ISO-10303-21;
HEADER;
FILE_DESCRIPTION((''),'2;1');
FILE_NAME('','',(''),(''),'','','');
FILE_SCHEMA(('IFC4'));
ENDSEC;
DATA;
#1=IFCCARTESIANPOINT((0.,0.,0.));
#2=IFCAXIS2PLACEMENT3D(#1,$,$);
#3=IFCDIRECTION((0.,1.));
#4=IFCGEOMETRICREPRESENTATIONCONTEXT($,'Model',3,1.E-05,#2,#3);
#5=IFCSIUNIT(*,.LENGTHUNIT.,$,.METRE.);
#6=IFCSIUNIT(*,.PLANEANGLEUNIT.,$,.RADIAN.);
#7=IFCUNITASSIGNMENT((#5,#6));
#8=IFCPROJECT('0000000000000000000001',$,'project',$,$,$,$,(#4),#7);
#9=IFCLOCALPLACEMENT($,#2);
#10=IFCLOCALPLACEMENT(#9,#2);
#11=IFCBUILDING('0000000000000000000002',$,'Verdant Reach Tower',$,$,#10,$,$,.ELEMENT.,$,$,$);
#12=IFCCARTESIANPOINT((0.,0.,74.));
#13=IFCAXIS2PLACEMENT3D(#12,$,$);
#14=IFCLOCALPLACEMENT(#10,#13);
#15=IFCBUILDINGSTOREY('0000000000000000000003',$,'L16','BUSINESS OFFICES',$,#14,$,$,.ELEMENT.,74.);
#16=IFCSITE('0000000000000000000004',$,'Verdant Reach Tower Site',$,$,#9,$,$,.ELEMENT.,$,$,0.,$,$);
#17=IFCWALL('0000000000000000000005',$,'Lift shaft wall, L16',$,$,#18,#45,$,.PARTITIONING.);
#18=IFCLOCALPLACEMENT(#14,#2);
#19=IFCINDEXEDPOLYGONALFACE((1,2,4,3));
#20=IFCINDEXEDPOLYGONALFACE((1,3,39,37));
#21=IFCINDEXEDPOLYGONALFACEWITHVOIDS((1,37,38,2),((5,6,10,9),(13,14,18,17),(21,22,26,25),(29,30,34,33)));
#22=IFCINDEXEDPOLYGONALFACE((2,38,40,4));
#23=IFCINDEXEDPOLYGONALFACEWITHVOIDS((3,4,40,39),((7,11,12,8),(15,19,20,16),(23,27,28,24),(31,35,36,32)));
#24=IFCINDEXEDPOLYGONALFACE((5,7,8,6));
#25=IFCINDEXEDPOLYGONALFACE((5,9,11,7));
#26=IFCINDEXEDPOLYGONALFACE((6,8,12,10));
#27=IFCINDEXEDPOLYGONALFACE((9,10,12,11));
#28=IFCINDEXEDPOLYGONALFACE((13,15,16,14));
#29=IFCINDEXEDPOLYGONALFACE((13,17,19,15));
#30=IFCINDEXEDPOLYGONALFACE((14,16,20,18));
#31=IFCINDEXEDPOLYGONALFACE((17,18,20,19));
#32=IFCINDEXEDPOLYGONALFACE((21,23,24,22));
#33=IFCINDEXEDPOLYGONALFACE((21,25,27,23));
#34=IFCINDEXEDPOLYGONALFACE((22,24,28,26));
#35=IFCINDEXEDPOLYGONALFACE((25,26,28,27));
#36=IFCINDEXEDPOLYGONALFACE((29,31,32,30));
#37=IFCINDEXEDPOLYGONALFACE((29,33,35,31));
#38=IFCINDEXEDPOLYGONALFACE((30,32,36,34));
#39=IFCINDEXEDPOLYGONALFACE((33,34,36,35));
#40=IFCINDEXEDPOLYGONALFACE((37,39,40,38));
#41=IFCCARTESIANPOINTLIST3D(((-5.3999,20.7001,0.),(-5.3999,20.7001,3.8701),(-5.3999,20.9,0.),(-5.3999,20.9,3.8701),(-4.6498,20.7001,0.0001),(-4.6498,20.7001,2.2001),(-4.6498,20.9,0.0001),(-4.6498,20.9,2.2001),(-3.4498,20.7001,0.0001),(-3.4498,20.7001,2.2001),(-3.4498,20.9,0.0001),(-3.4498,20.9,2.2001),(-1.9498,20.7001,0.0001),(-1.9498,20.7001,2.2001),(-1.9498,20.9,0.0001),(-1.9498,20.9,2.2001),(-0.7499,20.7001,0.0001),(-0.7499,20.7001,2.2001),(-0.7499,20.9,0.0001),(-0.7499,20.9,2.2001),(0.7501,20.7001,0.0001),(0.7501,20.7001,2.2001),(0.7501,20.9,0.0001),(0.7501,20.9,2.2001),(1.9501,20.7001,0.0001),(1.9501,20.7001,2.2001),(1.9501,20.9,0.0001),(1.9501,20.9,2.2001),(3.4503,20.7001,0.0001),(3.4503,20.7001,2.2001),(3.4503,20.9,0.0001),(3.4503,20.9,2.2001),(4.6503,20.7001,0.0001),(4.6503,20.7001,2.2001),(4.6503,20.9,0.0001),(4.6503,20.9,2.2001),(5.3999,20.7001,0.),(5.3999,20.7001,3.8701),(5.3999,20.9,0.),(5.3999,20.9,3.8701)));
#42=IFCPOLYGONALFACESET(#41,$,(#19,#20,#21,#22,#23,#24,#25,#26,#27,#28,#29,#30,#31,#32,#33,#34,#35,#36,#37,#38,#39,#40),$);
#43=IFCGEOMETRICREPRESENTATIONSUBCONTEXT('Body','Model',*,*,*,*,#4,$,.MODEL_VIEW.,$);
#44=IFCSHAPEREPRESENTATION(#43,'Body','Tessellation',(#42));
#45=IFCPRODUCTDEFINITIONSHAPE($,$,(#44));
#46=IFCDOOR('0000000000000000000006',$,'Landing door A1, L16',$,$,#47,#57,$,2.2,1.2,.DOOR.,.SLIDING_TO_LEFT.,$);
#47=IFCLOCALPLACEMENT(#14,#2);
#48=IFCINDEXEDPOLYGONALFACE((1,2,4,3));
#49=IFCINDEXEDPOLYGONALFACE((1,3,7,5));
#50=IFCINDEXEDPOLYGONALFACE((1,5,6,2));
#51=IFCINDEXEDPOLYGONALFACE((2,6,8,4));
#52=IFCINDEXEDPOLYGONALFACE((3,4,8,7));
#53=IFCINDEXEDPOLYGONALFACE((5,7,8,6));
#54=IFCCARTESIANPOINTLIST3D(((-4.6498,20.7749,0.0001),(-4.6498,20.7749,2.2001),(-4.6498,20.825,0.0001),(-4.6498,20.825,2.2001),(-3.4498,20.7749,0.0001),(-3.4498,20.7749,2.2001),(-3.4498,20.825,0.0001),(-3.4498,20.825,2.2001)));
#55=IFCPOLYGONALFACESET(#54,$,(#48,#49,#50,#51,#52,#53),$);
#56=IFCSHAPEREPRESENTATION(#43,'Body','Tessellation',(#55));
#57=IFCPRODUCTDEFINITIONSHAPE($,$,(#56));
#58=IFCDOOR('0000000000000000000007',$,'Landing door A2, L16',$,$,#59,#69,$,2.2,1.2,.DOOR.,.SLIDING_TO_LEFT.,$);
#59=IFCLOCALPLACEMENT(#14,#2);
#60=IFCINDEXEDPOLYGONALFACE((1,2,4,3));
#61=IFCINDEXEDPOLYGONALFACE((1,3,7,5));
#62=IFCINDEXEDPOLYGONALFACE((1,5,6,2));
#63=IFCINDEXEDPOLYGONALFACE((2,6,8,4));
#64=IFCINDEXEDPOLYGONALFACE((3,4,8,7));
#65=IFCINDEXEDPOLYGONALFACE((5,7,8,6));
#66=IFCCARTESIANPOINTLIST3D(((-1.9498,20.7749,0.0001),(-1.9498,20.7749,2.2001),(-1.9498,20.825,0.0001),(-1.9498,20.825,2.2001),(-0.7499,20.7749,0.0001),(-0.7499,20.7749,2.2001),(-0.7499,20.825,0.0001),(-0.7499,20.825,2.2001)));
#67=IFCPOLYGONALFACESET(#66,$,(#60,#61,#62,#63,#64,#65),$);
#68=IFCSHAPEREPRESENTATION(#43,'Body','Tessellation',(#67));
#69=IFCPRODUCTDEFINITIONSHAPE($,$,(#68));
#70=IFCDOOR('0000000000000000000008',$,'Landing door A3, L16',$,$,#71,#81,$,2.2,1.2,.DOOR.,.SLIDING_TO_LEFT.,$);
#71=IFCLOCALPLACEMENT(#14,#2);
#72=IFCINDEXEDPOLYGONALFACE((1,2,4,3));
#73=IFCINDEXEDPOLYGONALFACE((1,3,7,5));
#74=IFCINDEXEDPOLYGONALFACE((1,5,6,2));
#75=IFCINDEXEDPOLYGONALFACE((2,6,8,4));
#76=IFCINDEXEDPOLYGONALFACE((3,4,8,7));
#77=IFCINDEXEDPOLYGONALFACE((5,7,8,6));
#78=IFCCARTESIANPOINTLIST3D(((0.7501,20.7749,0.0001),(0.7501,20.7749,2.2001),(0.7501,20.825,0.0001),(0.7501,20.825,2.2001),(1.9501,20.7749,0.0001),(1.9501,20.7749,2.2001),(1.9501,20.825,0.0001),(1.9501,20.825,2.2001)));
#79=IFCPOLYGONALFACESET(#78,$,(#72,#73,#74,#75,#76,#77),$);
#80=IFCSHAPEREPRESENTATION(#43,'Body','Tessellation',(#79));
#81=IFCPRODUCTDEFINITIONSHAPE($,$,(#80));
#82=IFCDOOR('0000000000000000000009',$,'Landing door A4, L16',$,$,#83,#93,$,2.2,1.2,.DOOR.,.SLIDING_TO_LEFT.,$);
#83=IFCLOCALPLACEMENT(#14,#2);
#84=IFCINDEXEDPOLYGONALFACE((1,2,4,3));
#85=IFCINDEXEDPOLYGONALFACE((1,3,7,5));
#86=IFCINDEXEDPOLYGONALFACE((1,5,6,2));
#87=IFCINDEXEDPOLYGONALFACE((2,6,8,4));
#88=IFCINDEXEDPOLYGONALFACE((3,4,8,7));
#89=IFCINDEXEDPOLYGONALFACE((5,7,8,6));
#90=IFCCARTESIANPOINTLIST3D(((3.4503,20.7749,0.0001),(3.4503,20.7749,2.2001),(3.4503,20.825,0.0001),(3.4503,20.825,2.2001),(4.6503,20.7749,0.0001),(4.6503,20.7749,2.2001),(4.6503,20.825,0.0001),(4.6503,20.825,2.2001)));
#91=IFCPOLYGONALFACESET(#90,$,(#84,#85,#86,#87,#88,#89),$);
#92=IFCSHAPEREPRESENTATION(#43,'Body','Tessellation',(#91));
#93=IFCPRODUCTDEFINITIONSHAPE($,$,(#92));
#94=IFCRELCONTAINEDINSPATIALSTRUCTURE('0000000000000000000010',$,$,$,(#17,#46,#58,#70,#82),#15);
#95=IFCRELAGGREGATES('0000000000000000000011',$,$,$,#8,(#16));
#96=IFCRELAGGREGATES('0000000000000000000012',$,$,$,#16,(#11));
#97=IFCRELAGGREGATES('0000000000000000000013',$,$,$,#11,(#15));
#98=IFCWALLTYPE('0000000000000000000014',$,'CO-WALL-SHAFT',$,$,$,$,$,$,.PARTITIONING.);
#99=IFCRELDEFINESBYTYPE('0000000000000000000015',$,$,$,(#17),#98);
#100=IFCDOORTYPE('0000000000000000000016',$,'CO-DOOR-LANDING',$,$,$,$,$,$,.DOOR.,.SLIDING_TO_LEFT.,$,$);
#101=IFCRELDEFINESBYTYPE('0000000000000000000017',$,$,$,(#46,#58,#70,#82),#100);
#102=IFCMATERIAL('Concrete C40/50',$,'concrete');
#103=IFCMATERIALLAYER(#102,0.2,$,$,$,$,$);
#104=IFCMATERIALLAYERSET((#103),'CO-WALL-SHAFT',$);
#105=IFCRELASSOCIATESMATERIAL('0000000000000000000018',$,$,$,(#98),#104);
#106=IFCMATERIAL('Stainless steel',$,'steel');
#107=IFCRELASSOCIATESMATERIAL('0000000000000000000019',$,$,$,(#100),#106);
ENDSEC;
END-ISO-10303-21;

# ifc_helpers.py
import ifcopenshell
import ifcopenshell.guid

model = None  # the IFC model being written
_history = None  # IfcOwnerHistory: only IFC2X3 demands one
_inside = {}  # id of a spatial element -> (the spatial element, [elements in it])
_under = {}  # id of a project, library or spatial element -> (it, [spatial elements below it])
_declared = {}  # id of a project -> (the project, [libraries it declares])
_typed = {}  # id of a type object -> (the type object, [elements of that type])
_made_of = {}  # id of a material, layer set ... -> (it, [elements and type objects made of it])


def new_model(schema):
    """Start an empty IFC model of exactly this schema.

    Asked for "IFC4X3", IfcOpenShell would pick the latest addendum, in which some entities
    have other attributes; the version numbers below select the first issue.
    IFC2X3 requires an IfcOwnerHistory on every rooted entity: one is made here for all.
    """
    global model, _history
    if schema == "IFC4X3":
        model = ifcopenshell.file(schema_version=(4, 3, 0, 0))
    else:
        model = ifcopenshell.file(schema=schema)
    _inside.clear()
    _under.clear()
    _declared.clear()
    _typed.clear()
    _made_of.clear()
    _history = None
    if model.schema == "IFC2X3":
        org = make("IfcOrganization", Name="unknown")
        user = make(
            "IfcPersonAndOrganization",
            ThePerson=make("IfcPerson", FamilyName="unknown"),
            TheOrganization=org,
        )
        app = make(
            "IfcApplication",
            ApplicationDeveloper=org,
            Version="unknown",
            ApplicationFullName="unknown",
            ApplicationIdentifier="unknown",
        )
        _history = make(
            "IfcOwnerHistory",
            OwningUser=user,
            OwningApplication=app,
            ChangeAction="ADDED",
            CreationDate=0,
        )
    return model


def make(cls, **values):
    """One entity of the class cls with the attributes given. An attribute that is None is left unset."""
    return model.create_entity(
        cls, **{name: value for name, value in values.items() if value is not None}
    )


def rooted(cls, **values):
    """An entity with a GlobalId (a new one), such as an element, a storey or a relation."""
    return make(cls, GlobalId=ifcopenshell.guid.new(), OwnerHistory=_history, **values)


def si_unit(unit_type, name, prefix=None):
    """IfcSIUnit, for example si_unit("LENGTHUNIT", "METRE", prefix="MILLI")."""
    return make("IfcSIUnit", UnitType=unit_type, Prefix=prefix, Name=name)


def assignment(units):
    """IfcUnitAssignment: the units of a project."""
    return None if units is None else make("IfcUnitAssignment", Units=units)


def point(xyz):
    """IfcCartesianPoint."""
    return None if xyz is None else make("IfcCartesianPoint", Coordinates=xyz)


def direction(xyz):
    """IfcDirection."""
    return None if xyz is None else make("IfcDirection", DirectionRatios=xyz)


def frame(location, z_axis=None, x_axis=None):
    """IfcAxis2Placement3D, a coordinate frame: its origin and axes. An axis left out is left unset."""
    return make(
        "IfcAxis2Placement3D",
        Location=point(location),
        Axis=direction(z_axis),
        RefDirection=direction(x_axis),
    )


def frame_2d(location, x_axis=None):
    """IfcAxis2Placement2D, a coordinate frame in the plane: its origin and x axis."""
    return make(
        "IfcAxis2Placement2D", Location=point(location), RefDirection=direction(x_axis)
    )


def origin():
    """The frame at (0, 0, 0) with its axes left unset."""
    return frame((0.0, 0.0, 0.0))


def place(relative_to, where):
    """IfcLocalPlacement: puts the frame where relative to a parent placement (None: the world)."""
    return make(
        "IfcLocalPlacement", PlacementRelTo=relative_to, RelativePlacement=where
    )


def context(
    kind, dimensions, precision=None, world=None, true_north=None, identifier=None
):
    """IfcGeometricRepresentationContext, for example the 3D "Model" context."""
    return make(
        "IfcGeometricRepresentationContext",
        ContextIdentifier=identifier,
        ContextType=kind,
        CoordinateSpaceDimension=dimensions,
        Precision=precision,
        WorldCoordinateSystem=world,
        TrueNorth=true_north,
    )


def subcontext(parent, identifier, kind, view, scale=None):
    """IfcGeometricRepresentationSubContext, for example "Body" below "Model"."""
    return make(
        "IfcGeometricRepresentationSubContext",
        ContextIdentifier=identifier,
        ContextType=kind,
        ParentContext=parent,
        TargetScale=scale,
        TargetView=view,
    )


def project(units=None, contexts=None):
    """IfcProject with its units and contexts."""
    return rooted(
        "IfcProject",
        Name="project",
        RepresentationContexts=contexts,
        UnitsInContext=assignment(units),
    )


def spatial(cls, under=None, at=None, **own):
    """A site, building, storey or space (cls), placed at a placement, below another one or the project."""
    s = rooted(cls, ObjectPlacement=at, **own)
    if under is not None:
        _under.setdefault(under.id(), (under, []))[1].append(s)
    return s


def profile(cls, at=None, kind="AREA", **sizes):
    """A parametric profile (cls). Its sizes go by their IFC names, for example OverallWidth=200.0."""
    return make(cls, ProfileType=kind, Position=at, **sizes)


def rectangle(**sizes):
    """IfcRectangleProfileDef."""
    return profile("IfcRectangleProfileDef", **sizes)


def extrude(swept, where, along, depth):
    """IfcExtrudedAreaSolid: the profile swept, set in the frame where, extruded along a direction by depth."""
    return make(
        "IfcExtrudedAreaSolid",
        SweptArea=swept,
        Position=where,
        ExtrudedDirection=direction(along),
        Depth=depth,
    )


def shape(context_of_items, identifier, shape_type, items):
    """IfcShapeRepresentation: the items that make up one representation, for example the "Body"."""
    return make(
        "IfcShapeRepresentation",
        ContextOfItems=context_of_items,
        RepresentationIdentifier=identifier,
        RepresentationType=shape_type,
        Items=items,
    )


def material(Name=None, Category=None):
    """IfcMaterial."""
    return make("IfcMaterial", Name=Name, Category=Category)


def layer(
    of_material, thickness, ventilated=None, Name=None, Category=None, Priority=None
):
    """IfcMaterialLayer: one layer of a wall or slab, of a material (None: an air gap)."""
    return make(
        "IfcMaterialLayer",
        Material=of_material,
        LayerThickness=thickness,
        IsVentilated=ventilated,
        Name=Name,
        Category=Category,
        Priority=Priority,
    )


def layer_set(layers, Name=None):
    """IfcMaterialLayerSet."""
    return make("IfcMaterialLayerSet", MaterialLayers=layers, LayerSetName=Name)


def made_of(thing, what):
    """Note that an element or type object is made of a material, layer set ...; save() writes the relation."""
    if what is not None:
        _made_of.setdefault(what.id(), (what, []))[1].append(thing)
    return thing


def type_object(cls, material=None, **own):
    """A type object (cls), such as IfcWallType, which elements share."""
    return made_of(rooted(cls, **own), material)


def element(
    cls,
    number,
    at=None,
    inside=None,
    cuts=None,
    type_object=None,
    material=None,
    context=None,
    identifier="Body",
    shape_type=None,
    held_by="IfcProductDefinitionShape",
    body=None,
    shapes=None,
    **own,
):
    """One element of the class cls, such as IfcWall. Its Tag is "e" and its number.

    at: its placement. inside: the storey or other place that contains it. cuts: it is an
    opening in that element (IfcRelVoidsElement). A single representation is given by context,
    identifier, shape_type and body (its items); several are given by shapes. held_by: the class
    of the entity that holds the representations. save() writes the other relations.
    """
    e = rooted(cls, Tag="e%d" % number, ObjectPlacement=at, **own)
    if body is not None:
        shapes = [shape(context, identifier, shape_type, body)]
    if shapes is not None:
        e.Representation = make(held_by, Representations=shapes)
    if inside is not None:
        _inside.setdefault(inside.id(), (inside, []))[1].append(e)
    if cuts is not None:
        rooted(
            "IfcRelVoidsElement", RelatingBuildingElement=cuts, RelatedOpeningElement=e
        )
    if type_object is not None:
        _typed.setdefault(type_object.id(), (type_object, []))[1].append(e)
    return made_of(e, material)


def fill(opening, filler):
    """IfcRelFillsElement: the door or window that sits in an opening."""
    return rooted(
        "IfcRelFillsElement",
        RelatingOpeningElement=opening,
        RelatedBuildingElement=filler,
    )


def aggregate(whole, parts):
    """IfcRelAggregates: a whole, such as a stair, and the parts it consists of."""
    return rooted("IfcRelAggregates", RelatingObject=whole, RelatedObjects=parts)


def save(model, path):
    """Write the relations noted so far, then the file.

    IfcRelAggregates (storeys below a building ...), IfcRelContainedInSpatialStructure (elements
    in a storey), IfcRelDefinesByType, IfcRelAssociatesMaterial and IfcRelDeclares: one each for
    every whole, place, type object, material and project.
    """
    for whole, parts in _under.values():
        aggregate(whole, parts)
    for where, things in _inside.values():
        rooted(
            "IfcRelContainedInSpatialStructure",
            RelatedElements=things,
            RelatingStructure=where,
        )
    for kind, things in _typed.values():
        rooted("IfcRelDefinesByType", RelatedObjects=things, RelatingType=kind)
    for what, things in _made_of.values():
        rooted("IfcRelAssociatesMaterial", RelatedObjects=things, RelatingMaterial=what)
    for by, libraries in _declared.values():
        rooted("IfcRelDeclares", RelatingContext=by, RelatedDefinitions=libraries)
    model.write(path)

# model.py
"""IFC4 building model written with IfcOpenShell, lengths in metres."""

from ifc_helpers import new_model, si_unit, direction, frame, frame_2d, origin, place, context, subcontext, project, spatial, rectangle, extrude, material, layer, layer_set, type_object, element, fill, save


model = new_model("IFC4")

# Units and contexts
model_context = context("Model", 3, precision=1e-05, world=origin(), true_north=direction((0.0, 1.0)))
body_context = subcontext(model_context, "Body", "Model", "MODEL_VIEW")
ifc_project = project(units=[si_unit("LENGTHUNIT", "METRE"), si_unit("PLANEANGLEUNIT", "RADIAN")], contexts=[model_context])

# Site, building, storey
site_placement = place(None, origin())
site = spatial("IfcSite", under=ifc_project, at=site_placement, Name="Verdant Reach Tower Site", CompositionType="ELEMENT", RefElevation=0.0)
building_placement = place(site_placement, origin())
building = spatial("IfcBuilding", under=site, at=building_placement, Name="Verdant Reach Tower", CompositionType="ELEMENT")
storey_placement = place(building_placement, frame((0.0, 0.0, 74.0)))
storey = spatial("IfcBuildingStorey", under=building, at=storey_placement, Name="L16", Description="BUSINESS OFFICES", CompositionType="ELEMENT", Elevation=74.0)

# Wall, openings, doors
ifc_material_1 = material(Name="Concrete C40/50", Category="concrete")
ifc_layer_1 = layer(ifc_material_1, 0.2)
ifc_layer_set_1 = layer_set([ifc_layer_1], Name="CO-WALL-SHAFT")
wall_type_1 = type_object("IfcWallType", Name="CO-WALL-SHAFT", PredefinedType="PARTITIONING", material=ifc_layer_set_1)
wall_1_placement = place(storey_placement, frame((-5.3999, 20.8, 0.0), z_axis=(0.0, 0.0, 1.0), x_axis=(1.0, 0.0, 0.0)))
wall_1 = element("IfcWall", 1, at=wall_1_placement, inside=storey, type_object=wall_type_1, Name="Lift shaft wall, L16", PredefinedType="PARTITIONING", context=body_context, shape_type="SweptSolid", body=[
    extrude(rectangle(XDim=10.7998, YDim=0.2, at=frame_2d((5.3999, 0.0))), origin(), (0.0, 0.0, 1.0), 3.8701),
])
opening_1_placement = place(wall_1_placement, frame((0.75, 0.0, 0.0)))
opening_1 = element("IfcOpeningElement", 2, at=opening_1_placement, cuts=wall_1, PredefinedType="OPENING", context=body_context, shape_type="SweptSolid", body=[
    extrude(rectangle(XDim=1.2, YDim=2.2, at=frame_2d((0.6001, 1.1001))), frame((0.0, 0.1099, 0.0), z_axis=(0.0, -1.0, 0.0), x_axis=(1.0, 0.0, 0.0)), (0.0, 0.0, 1.0), 0.22),
])
opening_2_placement = place(wall_1_placement, frame((3.45, 0.0, 0.0)))
opening_2 = element("IfcOpeningElement", 3, at=opening_2_placement, cuts=wall_1, PredefinedType="OPENING", context=body_context, shape_type="SweptSolid", body=[
    extrude(rectangle(XDim=1.2, YDim=2.2, at=frame_2d((0.6001, 1.1001))), frame((0.0, 0.1099, 0.0), z_axis=(0.0, -1.0, 0.0), x_axis=(1.0, 0.0, 0.0)), (0.0, 0.0, 1.0), 0.22),
])
opening_3_placement = place(wall_1_placement, frame((6.1499, 0.0, 0.0)))
opening_3 = element("IfcOpeningElement", 4, at=opening_3_placement, cuts=wall_1, PredefinedType="OPENING", context=body_context, shape_type="SweptSolid", body=[
    extrude(rectangle(XDim=1.2, YDim=2.2, at=frame_2d((0.6001, 1.1001))), frame((0.0, 0.1099, 0.0), z_axis=(0.0, -1.0, 0.0), x_axis=(1.0, 0.0, 0.0)), (0.0, 0.0, 1.0), 0.22),
])
opening_4_placement = place(wall_1_placement, frame((8.8501, 0.0, 0.0)))
opening_4 = element("IfcOpeningElement", 5, at=opening_4_placement, cuts=wall_1, PredefinedType="OPENING", context=body_context, shape_type="SweptSolid", body=[
    extrude(rectangle(XDim=1.2, YDim=2.2, at=frame_2d((0.6001, 1.1001))), frame((0.0, 0.1099, 0.0), z_axis=(0.0, -1.0, 0.0), x_axis=(1.0, 0.0, 0.0)), (0.0, 0.0, 1.0), 0.22),
])
ifc_material_2 = material(Name="Stainless steel", Category="steel")
door_type_1 = type_object("IfcDoorType", Name="CO-DOOR-LANDING", OperationType="SLIDING_TO_LEFT", PredefinedType="DOOR", material=ifc_material_2)
door_1_placement = place(opening_1_placement, origin())
door_1 = element("IfcDoor", 6, at=door_1_placement, inside=storey, type_object=door_type_1, Name="Landing door A1, L16", OperationType="SLIDING_TO_LEFT", OverallHeight=2.2, OverallWidth=1.2, PredefinedType="DOOR", context=body_context, shape_type="SweptSolid", body=[
    extrude(rectangle(XDim=1.2, YDim=2.2, at=frame_2d((0.6001, 1.1001))), frame((0.0, 0.0249, 0.0), z_axis=(0.0, -1.0, 0.0), x_axis=(1.0, 0.0, 0.0)), (0.0, 0.0, 1.0), 0.05),
])
fill(opening_1, door_1)
door_2_placement = place(opening_2_placement, origin())
door_2 = element("IfcDoor", 7, at=door_2_placement, inside=storey, type_object=door_type_1, Name="Landing door A2, L16", OperationType="SLIDING_TO_LEFT", OverallHeight=2.2, OverallWidth=1.2, PredefinedType="DOOR", context=body_context, shape_type="SweptSolid", body=[
    extrude(rectangle(XDim=1.2, YDim=2.2, at=frame_2d((0.6001, 1.1001))), frame((0.0, 0.0249, 0.0), z_axis=(0.0, -1.0, 0.0), x_axis=(1.0, 0.0, 0.0)), (0.0, 0.0, 1.0), 0.05),
])
fill(opening_2, door_2)
door_3_placement = place(opening_3_placement, origin())
door_3 = element("IfcDoor", 8, at=door_3_placement, inside=storey, type_object=door_type_1, Name="Landing door A3, L16", OperationType="SLIDING_TO_LEFT", OverallHeight=2.2, OverallWidth=1.2, PredefinedType="DOOR", context=body_context, shape_type="SweptSolid", body=[
    extrude(rectangle(XDim=1.2, YDim=2.2, at=frame_2d((0.6001, 1.1001))), frame((0.0, 0.0249, 0.0), z_axis=(0.0, -1.0, 0.0), x_axis=(1.0, 0.0, 0.0)), (0.0, 0.0, 1.0), 0.05),
])
fill(opening_3, door_3)
door_4_placement = place(opening_4_placement, origin())
door_4 = element("IfcDoor", 9, at=door_4_placement, inside=storey, type_object=door_type_1, Name="Landing door A4, L16", OperationType="SLIDING_TO_LEFT", OverallHeight=2.2, OverallWidth=1.2, PredefinedType="DOOR", context=body_context, shape_type="SweptSolid", body=[
    extrude(rectangle(XDim=1.2, YDim=2.2, at=frame_2d((0.6001, 1.1001))), frame((0.0, 0.0249, 0.0), z_axis=(0.0, -1.0, 0.0), x_axis=(1.0, 0.0, 0.0)), (0.0, 0.0, 1.0), 0.05),
])
fill(opening_4, door_4)

save(model, "model.ifc")
